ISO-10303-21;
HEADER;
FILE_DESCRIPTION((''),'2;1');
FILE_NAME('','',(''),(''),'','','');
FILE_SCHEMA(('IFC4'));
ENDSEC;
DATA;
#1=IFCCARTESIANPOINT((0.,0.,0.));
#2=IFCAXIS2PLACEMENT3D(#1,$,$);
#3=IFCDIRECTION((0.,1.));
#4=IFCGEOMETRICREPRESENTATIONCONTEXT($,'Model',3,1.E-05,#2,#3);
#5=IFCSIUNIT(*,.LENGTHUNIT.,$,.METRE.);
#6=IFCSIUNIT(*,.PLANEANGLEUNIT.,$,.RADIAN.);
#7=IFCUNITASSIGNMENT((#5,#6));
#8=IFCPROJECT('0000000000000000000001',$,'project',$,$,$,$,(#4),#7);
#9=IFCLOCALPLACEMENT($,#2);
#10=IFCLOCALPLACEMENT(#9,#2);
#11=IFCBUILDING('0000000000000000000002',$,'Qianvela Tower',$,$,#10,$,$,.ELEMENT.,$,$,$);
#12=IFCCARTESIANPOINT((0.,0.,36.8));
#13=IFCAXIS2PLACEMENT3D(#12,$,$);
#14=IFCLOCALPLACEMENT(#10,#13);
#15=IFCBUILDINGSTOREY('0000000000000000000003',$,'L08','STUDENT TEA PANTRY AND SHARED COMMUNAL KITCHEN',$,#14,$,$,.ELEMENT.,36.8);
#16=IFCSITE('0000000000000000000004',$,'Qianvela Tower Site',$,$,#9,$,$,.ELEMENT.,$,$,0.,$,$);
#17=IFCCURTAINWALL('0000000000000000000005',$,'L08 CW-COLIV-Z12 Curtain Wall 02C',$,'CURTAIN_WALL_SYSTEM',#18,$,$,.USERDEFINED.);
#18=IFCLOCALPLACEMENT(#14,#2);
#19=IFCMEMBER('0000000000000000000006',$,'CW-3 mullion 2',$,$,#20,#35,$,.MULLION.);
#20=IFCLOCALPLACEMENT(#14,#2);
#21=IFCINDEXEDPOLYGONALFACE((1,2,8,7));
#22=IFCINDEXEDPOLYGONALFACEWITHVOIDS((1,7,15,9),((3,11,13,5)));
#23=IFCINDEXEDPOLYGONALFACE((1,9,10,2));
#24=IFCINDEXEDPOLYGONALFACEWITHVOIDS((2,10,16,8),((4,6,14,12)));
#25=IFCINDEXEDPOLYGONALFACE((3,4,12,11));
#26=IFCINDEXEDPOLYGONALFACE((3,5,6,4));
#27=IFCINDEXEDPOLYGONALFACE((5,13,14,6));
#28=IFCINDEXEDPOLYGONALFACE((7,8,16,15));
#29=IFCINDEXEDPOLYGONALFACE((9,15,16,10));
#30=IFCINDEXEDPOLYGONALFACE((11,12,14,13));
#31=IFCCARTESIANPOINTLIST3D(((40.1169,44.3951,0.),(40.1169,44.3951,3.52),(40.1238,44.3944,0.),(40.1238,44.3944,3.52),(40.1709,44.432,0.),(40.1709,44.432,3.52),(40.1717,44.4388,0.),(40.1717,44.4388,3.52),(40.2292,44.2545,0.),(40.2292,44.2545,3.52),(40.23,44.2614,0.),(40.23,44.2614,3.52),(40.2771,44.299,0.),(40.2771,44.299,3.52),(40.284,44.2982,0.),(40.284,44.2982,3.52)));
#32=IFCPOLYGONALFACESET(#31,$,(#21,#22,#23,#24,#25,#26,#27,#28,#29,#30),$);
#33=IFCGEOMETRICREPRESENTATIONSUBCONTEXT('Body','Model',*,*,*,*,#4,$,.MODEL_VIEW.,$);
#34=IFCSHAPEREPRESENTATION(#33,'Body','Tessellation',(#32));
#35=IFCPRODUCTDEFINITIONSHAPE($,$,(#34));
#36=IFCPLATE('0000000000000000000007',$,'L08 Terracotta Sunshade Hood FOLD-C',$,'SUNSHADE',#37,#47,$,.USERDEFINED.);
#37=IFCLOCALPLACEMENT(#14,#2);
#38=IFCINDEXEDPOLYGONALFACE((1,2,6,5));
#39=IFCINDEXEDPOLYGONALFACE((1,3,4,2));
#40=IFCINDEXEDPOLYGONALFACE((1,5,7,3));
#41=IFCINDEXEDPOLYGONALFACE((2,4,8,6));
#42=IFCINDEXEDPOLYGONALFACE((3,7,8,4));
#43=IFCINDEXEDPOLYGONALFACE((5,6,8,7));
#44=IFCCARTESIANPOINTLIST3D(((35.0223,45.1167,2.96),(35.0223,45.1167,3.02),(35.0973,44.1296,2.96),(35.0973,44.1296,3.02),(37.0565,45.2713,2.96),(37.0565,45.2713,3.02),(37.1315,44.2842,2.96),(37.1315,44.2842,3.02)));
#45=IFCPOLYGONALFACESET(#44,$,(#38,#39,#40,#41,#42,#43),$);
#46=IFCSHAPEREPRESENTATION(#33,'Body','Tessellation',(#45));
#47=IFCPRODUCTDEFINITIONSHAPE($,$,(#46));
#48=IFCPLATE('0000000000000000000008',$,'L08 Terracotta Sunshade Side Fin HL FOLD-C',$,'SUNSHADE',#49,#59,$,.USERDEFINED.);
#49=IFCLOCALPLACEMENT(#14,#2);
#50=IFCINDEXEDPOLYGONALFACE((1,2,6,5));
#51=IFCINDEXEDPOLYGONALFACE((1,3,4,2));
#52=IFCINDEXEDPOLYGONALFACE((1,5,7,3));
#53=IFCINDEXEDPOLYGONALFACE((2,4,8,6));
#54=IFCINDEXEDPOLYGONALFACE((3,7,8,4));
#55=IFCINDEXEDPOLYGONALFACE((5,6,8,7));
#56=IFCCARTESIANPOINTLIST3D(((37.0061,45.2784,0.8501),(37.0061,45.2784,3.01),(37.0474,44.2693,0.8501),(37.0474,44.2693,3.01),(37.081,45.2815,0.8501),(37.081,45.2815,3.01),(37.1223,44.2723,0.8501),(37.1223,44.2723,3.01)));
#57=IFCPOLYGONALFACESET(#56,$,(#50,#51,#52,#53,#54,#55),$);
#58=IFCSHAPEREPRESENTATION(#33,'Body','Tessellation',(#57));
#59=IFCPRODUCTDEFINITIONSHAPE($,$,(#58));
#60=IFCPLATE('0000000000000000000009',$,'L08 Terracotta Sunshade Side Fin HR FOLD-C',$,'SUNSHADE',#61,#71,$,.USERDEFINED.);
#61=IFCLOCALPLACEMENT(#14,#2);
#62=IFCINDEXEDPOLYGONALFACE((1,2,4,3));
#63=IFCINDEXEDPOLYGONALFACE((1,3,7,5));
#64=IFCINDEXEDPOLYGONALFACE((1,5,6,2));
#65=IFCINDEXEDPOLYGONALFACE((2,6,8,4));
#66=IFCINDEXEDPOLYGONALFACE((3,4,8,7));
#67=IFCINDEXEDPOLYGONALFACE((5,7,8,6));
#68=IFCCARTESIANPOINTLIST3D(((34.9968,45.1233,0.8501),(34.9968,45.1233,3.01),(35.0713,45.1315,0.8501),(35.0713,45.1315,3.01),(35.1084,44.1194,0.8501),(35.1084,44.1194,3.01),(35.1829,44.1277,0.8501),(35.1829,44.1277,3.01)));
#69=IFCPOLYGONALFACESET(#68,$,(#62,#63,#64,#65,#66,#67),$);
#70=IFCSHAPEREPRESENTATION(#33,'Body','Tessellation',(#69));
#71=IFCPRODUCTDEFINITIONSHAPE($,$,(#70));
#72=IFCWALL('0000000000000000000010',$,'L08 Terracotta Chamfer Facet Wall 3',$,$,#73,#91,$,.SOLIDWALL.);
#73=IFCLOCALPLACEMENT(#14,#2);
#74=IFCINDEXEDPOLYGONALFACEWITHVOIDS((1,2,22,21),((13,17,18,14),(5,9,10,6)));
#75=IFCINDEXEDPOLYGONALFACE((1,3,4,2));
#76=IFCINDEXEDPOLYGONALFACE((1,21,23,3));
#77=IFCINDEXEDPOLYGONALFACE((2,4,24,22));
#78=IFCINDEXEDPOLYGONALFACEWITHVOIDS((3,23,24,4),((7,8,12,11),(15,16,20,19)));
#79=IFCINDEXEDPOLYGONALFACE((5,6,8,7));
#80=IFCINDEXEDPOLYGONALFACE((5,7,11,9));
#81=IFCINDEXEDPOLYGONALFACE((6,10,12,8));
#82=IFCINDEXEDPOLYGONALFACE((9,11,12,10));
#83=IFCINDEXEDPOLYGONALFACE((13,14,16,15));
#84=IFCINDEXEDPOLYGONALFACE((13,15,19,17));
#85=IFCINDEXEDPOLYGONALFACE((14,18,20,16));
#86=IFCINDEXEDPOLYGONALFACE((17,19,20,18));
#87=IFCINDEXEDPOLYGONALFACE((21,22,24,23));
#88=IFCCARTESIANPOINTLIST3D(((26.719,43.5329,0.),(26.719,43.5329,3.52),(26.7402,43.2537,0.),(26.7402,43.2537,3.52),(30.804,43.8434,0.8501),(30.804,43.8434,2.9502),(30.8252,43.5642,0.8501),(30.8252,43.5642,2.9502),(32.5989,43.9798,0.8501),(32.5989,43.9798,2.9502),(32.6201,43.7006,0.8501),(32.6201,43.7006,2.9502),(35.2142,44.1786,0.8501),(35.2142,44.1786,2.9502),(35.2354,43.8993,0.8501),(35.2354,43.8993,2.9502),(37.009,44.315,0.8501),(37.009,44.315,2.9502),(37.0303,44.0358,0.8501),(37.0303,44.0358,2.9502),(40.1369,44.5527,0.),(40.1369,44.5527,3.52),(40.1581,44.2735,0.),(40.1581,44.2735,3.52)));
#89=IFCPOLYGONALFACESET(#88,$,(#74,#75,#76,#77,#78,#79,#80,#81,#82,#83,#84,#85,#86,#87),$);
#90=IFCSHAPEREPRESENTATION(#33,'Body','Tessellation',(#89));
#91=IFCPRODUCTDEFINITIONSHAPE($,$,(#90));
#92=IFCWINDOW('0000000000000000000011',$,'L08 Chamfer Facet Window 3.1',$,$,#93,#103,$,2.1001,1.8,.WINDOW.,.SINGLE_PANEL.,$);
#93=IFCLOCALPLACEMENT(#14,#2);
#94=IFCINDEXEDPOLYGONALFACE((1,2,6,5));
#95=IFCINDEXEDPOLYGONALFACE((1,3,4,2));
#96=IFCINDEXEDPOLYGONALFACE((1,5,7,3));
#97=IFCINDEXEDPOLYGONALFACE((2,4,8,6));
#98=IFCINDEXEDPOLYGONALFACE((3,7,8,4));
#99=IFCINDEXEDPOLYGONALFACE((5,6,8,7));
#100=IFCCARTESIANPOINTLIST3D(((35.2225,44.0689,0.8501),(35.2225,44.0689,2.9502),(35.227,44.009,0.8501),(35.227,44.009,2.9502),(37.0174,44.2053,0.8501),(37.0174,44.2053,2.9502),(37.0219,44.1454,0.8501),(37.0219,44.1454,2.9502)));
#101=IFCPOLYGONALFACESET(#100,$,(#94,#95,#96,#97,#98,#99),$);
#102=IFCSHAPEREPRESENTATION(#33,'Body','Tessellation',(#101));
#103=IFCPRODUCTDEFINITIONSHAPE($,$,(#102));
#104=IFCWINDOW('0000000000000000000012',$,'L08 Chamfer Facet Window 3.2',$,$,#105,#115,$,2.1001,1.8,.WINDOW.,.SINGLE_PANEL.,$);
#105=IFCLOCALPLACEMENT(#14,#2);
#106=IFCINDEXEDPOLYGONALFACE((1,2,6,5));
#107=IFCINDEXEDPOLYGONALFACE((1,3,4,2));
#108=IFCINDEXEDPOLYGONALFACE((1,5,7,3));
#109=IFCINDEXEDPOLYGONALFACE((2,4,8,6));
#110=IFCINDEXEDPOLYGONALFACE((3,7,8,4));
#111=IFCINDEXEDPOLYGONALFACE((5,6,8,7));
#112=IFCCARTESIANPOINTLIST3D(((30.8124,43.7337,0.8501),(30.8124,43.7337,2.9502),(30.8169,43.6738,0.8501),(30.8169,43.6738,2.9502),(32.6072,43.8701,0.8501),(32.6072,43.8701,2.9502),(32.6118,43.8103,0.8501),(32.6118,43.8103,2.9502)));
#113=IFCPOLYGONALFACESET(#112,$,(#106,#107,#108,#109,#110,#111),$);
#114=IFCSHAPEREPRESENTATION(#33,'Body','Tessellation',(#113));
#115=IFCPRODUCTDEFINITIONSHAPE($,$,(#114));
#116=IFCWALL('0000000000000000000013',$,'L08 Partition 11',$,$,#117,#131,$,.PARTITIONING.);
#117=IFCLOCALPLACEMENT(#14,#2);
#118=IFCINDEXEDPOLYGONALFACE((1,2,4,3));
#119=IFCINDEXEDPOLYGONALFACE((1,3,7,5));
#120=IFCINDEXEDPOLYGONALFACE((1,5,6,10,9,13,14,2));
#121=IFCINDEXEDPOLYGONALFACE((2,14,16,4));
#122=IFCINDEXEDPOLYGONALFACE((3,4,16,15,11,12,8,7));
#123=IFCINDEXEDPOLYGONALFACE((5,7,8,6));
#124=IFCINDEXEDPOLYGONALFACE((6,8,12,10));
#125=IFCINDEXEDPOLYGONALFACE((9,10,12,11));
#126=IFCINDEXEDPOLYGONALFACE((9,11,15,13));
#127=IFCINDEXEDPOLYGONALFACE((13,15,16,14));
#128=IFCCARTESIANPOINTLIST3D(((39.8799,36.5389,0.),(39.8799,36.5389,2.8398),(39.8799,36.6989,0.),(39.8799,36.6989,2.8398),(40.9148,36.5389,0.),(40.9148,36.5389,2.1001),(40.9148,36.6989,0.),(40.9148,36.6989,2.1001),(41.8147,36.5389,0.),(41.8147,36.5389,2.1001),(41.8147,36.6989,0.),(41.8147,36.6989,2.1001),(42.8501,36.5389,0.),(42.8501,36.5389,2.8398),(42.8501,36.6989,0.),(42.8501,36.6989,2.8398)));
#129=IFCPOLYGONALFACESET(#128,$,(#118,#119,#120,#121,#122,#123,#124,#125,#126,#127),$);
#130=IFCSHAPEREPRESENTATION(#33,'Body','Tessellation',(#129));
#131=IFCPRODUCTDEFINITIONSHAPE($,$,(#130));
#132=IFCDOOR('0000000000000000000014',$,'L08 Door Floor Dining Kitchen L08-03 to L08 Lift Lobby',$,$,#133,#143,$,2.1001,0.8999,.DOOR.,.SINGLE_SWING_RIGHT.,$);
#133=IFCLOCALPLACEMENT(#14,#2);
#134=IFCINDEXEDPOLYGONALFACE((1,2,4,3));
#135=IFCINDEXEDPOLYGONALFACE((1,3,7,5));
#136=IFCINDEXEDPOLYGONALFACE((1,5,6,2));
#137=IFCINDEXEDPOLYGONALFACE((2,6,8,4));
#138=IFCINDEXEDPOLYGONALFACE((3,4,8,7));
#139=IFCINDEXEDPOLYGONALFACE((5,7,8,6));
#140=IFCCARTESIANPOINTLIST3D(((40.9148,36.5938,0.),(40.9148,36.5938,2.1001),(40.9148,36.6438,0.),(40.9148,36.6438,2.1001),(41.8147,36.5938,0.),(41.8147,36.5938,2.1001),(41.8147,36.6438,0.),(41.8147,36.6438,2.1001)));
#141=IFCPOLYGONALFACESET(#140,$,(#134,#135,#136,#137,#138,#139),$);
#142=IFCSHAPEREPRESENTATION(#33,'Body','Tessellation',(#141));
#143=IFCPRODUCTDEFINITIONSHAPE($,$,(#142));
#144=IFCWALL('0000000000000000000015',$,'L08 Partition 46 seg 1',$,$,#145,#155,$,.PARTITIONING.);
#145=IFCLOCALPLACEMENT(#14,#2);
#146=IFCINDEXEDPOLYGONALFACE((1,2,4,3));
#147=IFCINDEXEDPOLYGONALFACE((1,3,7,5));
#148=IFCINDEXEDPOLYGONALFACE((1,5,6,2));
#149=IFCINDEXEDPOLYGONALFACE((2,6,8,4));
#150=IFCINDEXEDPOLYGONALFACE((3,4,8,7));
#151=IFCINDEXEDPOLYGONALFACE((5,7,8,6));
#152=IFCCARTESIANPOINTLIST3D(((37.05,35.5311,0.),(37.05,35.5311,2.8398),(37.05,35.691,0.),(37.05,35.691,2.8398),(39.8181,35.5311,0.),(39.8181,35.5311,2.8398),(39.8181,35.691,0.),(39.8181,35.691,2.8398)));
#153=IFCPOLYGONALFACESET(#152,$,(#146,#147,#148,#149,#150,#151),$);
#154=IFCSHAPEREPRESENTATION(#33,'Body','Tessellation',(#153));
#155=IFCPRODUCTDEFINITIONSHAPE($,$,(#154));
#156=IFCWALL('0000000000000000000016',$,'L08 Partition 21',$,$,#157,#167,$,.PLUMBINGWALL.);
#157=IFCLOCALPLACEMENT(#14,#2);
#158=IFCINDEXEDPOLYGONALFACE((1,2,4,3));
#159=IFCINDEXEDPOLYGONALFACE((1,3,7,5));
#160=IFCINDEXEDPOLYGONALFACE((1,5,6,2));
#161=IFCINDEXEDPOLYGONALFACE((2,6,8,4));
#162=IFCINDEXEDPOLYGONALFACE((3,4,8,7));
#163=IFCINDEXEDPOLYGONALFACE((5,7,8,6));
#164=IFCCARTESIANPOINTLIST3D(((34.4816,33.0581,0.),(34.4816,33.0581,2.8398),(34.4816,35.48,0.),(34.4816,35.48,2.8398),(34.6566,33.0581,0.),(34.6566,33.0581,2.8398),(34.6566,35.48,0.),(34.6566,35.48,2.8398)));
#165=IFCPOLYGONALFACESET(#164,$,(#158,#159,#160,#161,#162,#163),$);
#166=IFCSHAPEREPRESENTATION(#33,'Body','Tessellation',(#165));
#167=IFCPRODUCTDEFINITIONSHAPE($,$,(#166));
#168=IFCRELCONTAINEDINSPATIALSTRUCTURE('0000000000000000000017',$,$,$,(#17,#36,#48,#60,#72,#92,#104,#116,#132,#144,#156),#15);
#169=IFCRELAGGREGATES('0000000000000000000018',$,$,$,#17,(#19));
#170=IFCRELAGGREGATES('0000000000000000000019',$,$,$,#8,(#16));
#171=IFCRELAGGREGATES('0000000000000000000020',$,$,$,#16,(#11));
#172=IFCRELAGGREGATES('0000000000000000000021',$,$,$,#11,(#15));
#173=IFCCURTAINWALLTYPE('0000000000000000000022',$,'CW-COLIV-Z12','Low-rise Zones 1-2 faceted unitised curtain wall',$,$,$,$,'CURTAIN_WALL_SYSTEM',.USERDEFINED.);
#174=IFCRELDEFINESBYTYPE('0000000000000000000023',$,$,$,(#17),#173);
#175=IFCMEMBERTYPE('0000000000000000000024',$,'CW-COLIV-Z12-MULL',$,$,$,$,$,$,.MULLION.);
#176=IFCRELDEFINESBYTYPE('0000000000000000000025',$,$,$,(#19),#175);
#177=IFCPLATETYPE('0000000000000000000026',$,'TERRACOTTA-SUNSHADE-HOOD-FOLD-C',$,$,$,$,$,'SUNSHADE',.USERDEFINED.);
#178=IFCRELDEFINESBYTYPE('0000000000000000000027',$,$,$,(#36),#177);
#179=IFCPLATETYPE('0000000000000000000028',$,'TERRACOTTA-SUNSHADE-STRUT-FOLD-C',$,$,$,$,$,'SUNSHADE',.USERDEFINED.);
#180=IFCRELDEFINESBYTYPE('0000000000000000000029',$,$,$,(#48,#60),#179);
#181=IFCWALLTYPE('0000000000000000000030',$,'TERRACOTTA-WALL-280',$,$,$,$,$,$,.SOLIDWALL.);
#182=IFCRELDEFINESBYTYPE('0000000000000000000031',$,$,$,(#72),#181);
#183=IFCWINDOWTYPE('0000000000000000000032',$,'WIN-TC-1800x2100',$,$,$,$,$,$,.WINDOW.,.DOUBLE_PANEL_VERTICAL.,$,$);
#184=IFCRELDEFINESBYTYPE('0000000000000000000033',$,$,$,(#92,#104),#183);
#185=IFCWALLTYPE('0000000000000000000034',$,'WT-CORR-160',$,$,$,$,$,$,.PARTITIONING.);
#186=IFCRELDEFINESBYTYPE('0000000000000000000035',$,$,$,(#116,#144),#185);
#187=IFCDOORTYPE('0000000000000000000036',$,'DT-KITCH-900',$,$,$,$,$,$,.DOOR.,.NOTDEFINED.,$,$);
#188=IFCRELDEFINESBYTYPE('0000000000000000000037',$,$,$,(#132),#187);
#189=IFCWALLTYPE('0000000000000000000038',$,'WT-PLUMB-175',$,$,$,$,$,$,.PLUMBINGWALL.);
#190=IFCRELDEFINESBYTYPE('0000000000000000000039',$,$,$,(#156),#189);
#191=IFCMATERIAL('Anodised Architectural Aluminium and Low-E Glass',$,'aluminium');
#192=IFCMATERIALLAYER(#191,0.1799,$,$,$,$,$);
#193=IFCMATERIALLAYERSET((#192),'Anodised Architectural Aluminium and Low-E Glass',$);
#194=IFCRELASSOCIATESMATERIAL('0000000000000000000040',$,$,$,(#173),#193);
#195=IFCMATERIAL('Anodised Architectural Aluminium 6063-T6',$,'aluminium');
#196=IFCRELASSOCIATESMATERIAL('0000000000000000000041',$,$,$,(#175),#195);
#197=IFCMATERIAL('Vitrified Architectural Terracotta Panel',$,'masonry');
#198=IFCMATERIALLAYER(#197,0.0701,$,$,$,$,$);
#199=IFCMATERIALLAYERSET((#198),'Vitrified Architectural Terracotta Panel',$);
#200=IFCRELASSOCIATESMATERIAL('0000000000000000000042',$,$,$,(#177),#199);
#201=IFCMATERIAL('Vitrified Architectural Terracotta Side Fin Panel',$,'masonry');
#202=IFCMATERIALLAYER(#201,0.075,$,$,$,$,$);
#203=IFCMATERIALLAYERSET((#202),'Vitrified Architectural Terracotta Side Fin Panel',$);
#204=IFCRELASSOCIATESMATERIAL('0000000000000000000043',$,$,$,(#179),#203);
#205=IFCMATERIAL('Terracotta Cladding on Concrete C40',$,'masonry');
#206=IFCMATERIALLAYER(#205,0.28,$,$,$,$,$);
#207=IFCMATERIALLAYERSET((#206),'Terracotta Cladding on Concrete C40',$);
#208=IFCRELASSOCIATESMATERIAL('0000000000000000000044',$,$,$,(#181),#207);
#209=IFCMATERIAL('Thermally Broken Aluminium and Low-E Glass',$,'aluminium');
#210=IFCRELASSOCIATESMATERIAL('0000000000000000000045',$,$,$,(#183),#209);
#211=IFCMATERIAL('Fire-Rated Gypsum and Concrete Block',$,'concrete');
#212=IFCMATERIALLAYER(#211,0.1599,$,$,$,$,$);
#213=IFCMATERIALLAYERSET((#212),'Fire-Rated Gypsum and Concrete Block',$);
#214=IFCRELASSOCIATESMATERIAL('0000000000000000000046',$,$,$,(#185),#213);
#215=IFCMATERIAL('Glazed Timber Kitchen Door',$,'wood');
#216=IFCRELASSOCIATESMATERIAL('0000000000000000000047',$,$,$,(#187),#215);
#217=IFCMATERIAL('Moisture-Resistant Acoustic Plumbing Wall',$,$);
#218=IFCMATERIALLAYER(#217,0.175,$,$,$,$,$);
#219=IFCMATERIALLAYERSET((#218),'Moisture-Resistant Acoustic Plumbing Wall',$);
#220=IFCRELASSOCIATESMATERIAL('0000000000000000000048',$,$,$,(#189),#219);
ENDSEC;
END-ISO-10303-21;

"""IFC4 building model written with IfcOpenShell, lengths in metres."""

from ifc_helpers import new_model, si_unit, direction, frame, frame_2d, origin, origin_2d, place, context, subcontext, project, spatial, rectangle, hollow_rectangle, extrude, material, layer, layer_set, material_profile, profile_set, type_object, element, fill, aggregate, save


model = new_model("IFC4")

# Units and contexts
model_context = context("Model", 3, precision=1e-05, world=origin(), true_north=direction((0.0, 1.0)))
body_context = subcontext(model_context, "Body", "Model", "MODEL_VIEW")
ifc_project = project(units=[si_unit("LENGTHUNIT", "METRE"), si_unit("PLANEANGLEUNIT", "RADIAN")], contexts=[model_context])

# Site, building, storey
site_placement = place(None, origin())
site = spatial("IfcSite", under=ifc_project, at=site_placement, Name="Qianvela Tower Site", CompositionType="ELEMENT", RefElevation=0.0)
building_placement = place(site_placement, origin())
building = spatial("IfcBuilding", under=site, at=building_placement, Name="Qianvela Tower", CompositionType="ELEMENT")
storey_placement = place(building_placement, frame((0.0, 0.0, 36.8)))
storey = spatial("IfcBuildingStorey", under=building, at=storey_placement, Name="L08", Description="STUDENT TEA PANTRY AND SHARED COMMUNAL KITCHEN", CompositionType="ELEMENT", Elevation=36.8)

# Curtain wall, member
ifc_material_1 = material(Name="Anodised Architectural Aluminium and Low-E Glass", Category="aluminium")
ifc_layer_1 = layer(ifc_material_1, 0.1799)
ifc_layer_set_1 = layer_set([ifc_layer_1], Name="Anodised Architectural Aluminium and Low-E Glass")
curtain_wall_type = type_object("IfcCurtainWallType", Name="CW-COLIV-Z12", Description="Low-rise Zones 1-2 faceted unitised curtain wall", ElementType="CURTAIN_WALL_SYSTEM", PredefinedType="USERDEFINED", material=ifc_layer_set_1)
curtain_wall_placement = place(storey_placement, origin())
curtain_wall = element("IfcCurtainWall", 1, at=curtain_wall_placement, inside=storey, type_object=curtain_wall_type, Name="L08 CW-COLIV-Z12 Curtain Wall 02C", ObjectType="CURTAIN_WALL_SYSTEM", PredefinedType="USERDEFINED")
ifc_material_2 = material(Name="Anodised Architectural Aluminium 6063-T6", Category="aluminium")
ifc_material_profile_1 = material_profile(ifc_material_2, hollow_rectangle(XDim=0.0701, YDim=0.1799, WallThickness=0.0049, at=origin_2d()), Name="ALU-MULL-70x180")
ifc_profile_set_1 = profile_set([ifc_material_profile_1], Name="Anodised Architectural Aluminium 6063-T6")
member_type = type_object("IfcMemberType", Name="CW-COLIV-Z12-MULL", PredefinedType="MULLION", material=ifc_profile_set_1)
member_placement = place(storey_placement, frame((40.2004, 44.3467, 0.0), z_axis=(0.0, 0.0, 1.0), x_axis=(-0.781444, -0.623975, 0.0)))
member = element("IfcMember", 2, at=member_placement, type_object=member_type, Name="CW-3 mullion 2", PredefinedType="MULLION", context=body_context, shape_type="SweptSolid", body=[
    extrude(hollow_rectangle(XDim=0.0701, YDim=0.1799, WallThickness=0.0049, at=origin_2d()), origin(), (0.0, 0.0, 1.0), 3.52),
])
aggregate(curtain_wall, [member])

# Plates
ifc_material_3 = material(Name="Vitrified Architectural Terracotta Panel", Category="masonry")
ifc_layer_2 = layer(ifc_material_3, 0.0701)
ifc_layer_set_2 = layer_set([ifc_layer_2], Name="Vitrified Architectural Terracotta Panel")
plate_type_1 = type_object("IfcPlateType", Name="TERRACOTTA-SUNSHADE-HOOD-FOLD-C", ElementType="SUNSHADE", PredefinedType="USERDEFINED", material=ifc_layer_set_2)
plate_placement = place(storey_placement, frame((36.0769, 44.7004, 2.96), z_axis=(0.0, 0.0, 1.0), x_axis=(-0.997125, -0.075776, 0.0)))
element("IfcPlate", 3, at=plate_placement, inside=storey, type_object=plate_type_1, Name="L08 Terracotta Sunshade Hood FOLD-C", ObjectType="SUNSHADE", PredefinedType="USERDEFINED", context=body_context, shape_type="SweptSolid", body=[
    extrude(rectangle(XDim=2.04, YDim=0.99, at=origin_2d()), origin(), (0.0, 0.0, 1.0), 0.0601),
])
ifc_material_4 = material(Name="Vitrified Architectural Terracotta Side Fin Panel", Category="masonry")
ifc_layer_3 = layer(ifc_material_4, 0.075)
ifc_layer_set_3 = layer_set([ifc_layer_3], Name="Vitrified Architectural Terracotta Side Fin Panel")
plate_type_2 = type_object("IfcPlateType", Name="TERRACOTTA-SUNSHADE-STRUT-FOLD-C", ElementType="SUNSHADE", PredefinedType="USERDEFINED", material=ifc_layer_set_3)
for number, where, z_axis, x_axis, name in (
    (4, (37.0642, 44.7754, 0.8501), (0.0, 0.0, 1.0), (-0.999162, -0.04093, 0.0), "L08 Terracotta Sunshade Side Fin HL FOLD-C"),
    (5, (35.0898, 44.6255, 0.8501), (0.0, 0.0, 1.0), (-0.993873, -0.110529, 0.0), "L08 Terracotta Sunshade Side Fin HR FOLD-C"),
):
    element("IfcPlate", number, at=place(storey_placement, frame(where, z_axis=z_axis, x_axis=x_axis)), inside=storey, type_object=plate_type_2, Name=name, ObjectType="SUNSHADE", PredefinedType="USERDEFINED", context=body_context, shape_type="SweptSolid", body=[
        extrude(rectangle(XDim=0.075, YDim=1.01, at=origin_2d()), origin(), (0.0, 0.0, 1.0), 2.1599),
    ])

# Wall, openings, windows
ifc_material_5 = material(Name="Terracotta Cladding on Concrete C40", Category="masonry")
ifc_layer_4 = layer(ifc_material_5, 0.28)
ifc_layer_set_4 = layer_set([ifc_layer_4], Name="Terracotta Cladding on Concrete C40")
wall_type_1 = type_object("IfcWallType", Name="TERRACOTTA-WALL-280", PredefinedType="SOLIDWALL", material=ifc_layer_set_4)
wall_1_placement = place(storey_placement, frame((40.1475, 44.4131, 0.0), z_axis=(0.0, 0.0, 1.0), x_axis=(-0.997124, -0.075782, 0.0)))
wall_1 = element("IfcWall", 6, at=wall_1_placement, inside=storey, type_object=wall_type_1, Name="L08 Terracotta Chamfer Facet Wall 3", PredefinedType="SOLIDWALL", context=body_context, shape_type="SweptSolid", body=[
    extrude(rectangle(XDim=13.4565, YDim=0.28, at=frame_2d((6.7283, 0.0))), origin(), (0.0, 0.0, 1.0), 3.52),
])
opening_1_placement = place(wall_1_placement, frame((3.137, 0.0, 0.8501)))
opening_1 = element("IfcOpeningElement", 7, at=opening_1_placement, cuts=wall_1, PredefinedType="OPENING", context=body_context, shape_type="SweptSolid", body=[
    extrude(rectangle(XDim=1.8, YDim=2.1001, at=frame_2d((0.8999, 1.05))), frame((0.0, 0.1499, 0.0), z_axis=(0.0, -1.0, 0.0), x_axis=(1.0, 0.0, 0.0)), (0.0, 0.0, 1.0), 0.3),
])
opening_2_placement = place(wall_1_placement, frame((7.5598, 0.0, 0.8501)))
opening_2 = element("IfcOpeningElement", 8, at=opening_2_placement, cuts=wall_1, PredefinedType="OPENING", context=body_context, shape_type="SweptSolid", body=[
    extrude(rectangle(XDim=1.8, YDim=2.1001, at=frame_2d((0.8999, 1.05))), frame((0.0, 0.1499, 0.0), z_axis=(0.0, -1.0, 0.0), x_axis=(1.0, 0.0, 0.0)), (0.0, 0.0, 1.0), 0.3),
])
ifc_material_6 = material(Name="Thermally Broken Aluminium and Low-E Glass", Category="aluminium")
window_type = type_object("IfcWindowType", Name="WIN-TC-1800x2100", PartitioningType="DOUBLE_PANEL_VERTICAL", PredefinedType="WINDOW", material=ifc_material_6)
window_1_placement = place(opening_1_placement, origin())
window_1 = element("IfcWindow", 9, at=window_1_placement, inside=storey, type_object=window_type, Name="L08 Chamfer Facet Window 3.1", OverallHeight=2.1001, OverallWidth=1.8, PartitioningType="SINGLE_PANEL", PredefinedType="WINDOW", context=body_context, shape_type="SweptSolid", body=[
    extrude(rectangle(XDim=1.8, YDim=2.1001, at=frame_2d((0.8999, 1.05))), frame((0.0, 0.03, 0.0), z_axis=(0.0, -1.0, 0.0), x_axis=(1.0, 0.0, 0.0)), (0.0, 0.0, 1.0), 0.0601),
])
fill(opening_1, window_1)
window_2_placement = place(opening_2_placement, origin())
window_2 = element("IfcWindow", 10, at=window_2_placement, inside=storey, type_object=window_type, Name="L08 Chamfer Facet Window 3.2", OverallHeight=2.1001, OverallWidth=1.8, PartitioningType="SINGLE_PANEL", PredefinedType="WINDOW", context=body_context, shape_type="SweptSolid", body=[
    extrude(rectangle(XDim=1.8, YDim=2.1001, at=frame_2d((0.8999, 1.05))), frame((0.0, 0.03, 0.0), z_axis=(0.0, -1.0, 0.0), x_axis=(1.0, 0.0, 0.0)), (0.0, 0.0, 1.0), 0.0601),
])
fill(opening_2, window_2)

# Wall, opening, door
ifc_material_7 = material(Name="Fire-Rated Gypsum and Concrete Block", Category="concrete")
ifc_layer_5 = layer(ifc_material_7, 0.1599)
ifc_layer_set_5 = layer_set([ifc_layer_5], Name="Fire-Rated Gypsum and Concrete Block")
wall_type_2 = type_object("IfcWallType", Name="WT-CORR-160", PredefinedType="PARTITIONING", material=ifc_layer_set_5)
wall_2_placement = place(storey_placement, frame((39.8799, 36.6189, 0.0), z_axis=(0.0, 0.0, 1.0), x_axis=(1.0, 0.0, 0.0)))
wall_2 = element("IfcWall", 11, at=wall_2_placement, inside=storey, type_object=wall_type_2, Name="L08 Partition 11", PredefinedType="PARTITIONING", context=body_context, shape_type="SweptSolid", body=[
    extrude(rectangle(XDim=2.9702, YDim=0.1599, at=frame_2d((1.4851, 0.0))), origin(), (0.0, 0.0, 1.0), 2.8398),
])
opening_3_placement = place(wall_2_placement, frame((1.0349, 0.0, 0.0)))
opening_3 = element("IfcOpeningElement", 12, at=opening_3_placement, cuts=wall_2, PredefinedType="OPENING", context=body_context, shape_type="SweptSolid", body=[
    extrude(rectangle(XDim=0.8999, YDim=2.1001, at=frame_2d((0.45, 1.05))), frame((0.0, 0.0898, 0.0), z_axis=(0.0, -1.0, 0.0), x_axis=(1.0, 0.0, 0.0)), (0.0, 0.0, 1.0), 0.1799),
])
ifc_material_8 = material(Name="Glazed Timber Kitchen Door", Category="wood")
door_type = type_object("IfcDoorType", Name="DT-KITCH-900", OperationType="NOTDEFINED", PredefinedType="DOOR", material=ifc_material_8)
door_placement = place(opening_3_placement, origin())
door = element("IfcDoor", 13, at=door_placement, inside=storey, type_object=door_type, Name="L08 Door Floor Dining Kitchen L08-03 to L08 Lift Lobby", OperationType="SINGLE_SWING_RIGHT", OverallHeight=2.1001, OverallWidth=0.8999, PredefinedType="DOOR", context=body_context, shape_type="SweptSolid", body=[
    extrude(rectangle(XDim=0.8999, YDim=2.1001, at=frame_2d((0.45, 1.05))), frame((0.0, 0.0249, 0.0), z_axis=(0.0, -1.0, 0.0), x_axis=(1.0, 0.0, 0.0)), (0.0, 0.0, 1.0), 0.05),
])
fill(opening_3, door)

# Walls
wall_3_placement = place(storey_placement, frame((39.8181, 35.6111, 0.0), z_axis=(0.0, 0.0, 1.0), x_axis=(-1.0, 0.0, 0.0)))
element("IfcWall", 14, at=wall_3_placement, inside=storey, type_object=wall_type_2, Name="L08 Partition 46 seg 1", PredefinedType="PARTITIONING", context=body_context, shape_type="SweptSolid", body=[
    extrude(rectangle(XDim=2.7681, YDim=0.1599, at=frame_2d((1.384, 0.0))), origin(), (0.0, 0.0, 1.0), 2.8398),
])
ifc_material_9 = material(Name="Moisture-Resistant Acoustic Plumbing Wall")
ifc_layer_6 = layer(ifc_material_9, 0.175)
ifc_layer_set_6 = layer_set([ifc_layer_6], Name="Moisture-Resistant Acoustic Plumbing Wall")
wall_type_3 = type_object("IfcWallType", Name="WT-PLUMB-175", PredefinedType="PLUMBINGWALL", material=ifc_layer_set_6)
for number, where, z_axis, x_axis, name in (
    (15, (34.5691, 35.48, 0.0), (0.0, 0.0, 1.0), (0.0, -1.0, 0.0), "L08 Partition 21"),
):
    element("IfcWall", number, at=place(storey_placement, frame(where, z_axis=z_axis, x_axis=x_axis)), inside=storey, type_object=wall_type_3, Name=name, PredefinedType="PLUMBINGWALL", context=body_context, shape_type="SweptSolid", body=[
        extrude(rectangle(XDim=2.4219, YDim=0.175, at=frame_2d((1.2109, 0.0))), origin(), (0.0, 0.0, 1.0), 2.8398),
    ])

save(model, "model.ifc")
